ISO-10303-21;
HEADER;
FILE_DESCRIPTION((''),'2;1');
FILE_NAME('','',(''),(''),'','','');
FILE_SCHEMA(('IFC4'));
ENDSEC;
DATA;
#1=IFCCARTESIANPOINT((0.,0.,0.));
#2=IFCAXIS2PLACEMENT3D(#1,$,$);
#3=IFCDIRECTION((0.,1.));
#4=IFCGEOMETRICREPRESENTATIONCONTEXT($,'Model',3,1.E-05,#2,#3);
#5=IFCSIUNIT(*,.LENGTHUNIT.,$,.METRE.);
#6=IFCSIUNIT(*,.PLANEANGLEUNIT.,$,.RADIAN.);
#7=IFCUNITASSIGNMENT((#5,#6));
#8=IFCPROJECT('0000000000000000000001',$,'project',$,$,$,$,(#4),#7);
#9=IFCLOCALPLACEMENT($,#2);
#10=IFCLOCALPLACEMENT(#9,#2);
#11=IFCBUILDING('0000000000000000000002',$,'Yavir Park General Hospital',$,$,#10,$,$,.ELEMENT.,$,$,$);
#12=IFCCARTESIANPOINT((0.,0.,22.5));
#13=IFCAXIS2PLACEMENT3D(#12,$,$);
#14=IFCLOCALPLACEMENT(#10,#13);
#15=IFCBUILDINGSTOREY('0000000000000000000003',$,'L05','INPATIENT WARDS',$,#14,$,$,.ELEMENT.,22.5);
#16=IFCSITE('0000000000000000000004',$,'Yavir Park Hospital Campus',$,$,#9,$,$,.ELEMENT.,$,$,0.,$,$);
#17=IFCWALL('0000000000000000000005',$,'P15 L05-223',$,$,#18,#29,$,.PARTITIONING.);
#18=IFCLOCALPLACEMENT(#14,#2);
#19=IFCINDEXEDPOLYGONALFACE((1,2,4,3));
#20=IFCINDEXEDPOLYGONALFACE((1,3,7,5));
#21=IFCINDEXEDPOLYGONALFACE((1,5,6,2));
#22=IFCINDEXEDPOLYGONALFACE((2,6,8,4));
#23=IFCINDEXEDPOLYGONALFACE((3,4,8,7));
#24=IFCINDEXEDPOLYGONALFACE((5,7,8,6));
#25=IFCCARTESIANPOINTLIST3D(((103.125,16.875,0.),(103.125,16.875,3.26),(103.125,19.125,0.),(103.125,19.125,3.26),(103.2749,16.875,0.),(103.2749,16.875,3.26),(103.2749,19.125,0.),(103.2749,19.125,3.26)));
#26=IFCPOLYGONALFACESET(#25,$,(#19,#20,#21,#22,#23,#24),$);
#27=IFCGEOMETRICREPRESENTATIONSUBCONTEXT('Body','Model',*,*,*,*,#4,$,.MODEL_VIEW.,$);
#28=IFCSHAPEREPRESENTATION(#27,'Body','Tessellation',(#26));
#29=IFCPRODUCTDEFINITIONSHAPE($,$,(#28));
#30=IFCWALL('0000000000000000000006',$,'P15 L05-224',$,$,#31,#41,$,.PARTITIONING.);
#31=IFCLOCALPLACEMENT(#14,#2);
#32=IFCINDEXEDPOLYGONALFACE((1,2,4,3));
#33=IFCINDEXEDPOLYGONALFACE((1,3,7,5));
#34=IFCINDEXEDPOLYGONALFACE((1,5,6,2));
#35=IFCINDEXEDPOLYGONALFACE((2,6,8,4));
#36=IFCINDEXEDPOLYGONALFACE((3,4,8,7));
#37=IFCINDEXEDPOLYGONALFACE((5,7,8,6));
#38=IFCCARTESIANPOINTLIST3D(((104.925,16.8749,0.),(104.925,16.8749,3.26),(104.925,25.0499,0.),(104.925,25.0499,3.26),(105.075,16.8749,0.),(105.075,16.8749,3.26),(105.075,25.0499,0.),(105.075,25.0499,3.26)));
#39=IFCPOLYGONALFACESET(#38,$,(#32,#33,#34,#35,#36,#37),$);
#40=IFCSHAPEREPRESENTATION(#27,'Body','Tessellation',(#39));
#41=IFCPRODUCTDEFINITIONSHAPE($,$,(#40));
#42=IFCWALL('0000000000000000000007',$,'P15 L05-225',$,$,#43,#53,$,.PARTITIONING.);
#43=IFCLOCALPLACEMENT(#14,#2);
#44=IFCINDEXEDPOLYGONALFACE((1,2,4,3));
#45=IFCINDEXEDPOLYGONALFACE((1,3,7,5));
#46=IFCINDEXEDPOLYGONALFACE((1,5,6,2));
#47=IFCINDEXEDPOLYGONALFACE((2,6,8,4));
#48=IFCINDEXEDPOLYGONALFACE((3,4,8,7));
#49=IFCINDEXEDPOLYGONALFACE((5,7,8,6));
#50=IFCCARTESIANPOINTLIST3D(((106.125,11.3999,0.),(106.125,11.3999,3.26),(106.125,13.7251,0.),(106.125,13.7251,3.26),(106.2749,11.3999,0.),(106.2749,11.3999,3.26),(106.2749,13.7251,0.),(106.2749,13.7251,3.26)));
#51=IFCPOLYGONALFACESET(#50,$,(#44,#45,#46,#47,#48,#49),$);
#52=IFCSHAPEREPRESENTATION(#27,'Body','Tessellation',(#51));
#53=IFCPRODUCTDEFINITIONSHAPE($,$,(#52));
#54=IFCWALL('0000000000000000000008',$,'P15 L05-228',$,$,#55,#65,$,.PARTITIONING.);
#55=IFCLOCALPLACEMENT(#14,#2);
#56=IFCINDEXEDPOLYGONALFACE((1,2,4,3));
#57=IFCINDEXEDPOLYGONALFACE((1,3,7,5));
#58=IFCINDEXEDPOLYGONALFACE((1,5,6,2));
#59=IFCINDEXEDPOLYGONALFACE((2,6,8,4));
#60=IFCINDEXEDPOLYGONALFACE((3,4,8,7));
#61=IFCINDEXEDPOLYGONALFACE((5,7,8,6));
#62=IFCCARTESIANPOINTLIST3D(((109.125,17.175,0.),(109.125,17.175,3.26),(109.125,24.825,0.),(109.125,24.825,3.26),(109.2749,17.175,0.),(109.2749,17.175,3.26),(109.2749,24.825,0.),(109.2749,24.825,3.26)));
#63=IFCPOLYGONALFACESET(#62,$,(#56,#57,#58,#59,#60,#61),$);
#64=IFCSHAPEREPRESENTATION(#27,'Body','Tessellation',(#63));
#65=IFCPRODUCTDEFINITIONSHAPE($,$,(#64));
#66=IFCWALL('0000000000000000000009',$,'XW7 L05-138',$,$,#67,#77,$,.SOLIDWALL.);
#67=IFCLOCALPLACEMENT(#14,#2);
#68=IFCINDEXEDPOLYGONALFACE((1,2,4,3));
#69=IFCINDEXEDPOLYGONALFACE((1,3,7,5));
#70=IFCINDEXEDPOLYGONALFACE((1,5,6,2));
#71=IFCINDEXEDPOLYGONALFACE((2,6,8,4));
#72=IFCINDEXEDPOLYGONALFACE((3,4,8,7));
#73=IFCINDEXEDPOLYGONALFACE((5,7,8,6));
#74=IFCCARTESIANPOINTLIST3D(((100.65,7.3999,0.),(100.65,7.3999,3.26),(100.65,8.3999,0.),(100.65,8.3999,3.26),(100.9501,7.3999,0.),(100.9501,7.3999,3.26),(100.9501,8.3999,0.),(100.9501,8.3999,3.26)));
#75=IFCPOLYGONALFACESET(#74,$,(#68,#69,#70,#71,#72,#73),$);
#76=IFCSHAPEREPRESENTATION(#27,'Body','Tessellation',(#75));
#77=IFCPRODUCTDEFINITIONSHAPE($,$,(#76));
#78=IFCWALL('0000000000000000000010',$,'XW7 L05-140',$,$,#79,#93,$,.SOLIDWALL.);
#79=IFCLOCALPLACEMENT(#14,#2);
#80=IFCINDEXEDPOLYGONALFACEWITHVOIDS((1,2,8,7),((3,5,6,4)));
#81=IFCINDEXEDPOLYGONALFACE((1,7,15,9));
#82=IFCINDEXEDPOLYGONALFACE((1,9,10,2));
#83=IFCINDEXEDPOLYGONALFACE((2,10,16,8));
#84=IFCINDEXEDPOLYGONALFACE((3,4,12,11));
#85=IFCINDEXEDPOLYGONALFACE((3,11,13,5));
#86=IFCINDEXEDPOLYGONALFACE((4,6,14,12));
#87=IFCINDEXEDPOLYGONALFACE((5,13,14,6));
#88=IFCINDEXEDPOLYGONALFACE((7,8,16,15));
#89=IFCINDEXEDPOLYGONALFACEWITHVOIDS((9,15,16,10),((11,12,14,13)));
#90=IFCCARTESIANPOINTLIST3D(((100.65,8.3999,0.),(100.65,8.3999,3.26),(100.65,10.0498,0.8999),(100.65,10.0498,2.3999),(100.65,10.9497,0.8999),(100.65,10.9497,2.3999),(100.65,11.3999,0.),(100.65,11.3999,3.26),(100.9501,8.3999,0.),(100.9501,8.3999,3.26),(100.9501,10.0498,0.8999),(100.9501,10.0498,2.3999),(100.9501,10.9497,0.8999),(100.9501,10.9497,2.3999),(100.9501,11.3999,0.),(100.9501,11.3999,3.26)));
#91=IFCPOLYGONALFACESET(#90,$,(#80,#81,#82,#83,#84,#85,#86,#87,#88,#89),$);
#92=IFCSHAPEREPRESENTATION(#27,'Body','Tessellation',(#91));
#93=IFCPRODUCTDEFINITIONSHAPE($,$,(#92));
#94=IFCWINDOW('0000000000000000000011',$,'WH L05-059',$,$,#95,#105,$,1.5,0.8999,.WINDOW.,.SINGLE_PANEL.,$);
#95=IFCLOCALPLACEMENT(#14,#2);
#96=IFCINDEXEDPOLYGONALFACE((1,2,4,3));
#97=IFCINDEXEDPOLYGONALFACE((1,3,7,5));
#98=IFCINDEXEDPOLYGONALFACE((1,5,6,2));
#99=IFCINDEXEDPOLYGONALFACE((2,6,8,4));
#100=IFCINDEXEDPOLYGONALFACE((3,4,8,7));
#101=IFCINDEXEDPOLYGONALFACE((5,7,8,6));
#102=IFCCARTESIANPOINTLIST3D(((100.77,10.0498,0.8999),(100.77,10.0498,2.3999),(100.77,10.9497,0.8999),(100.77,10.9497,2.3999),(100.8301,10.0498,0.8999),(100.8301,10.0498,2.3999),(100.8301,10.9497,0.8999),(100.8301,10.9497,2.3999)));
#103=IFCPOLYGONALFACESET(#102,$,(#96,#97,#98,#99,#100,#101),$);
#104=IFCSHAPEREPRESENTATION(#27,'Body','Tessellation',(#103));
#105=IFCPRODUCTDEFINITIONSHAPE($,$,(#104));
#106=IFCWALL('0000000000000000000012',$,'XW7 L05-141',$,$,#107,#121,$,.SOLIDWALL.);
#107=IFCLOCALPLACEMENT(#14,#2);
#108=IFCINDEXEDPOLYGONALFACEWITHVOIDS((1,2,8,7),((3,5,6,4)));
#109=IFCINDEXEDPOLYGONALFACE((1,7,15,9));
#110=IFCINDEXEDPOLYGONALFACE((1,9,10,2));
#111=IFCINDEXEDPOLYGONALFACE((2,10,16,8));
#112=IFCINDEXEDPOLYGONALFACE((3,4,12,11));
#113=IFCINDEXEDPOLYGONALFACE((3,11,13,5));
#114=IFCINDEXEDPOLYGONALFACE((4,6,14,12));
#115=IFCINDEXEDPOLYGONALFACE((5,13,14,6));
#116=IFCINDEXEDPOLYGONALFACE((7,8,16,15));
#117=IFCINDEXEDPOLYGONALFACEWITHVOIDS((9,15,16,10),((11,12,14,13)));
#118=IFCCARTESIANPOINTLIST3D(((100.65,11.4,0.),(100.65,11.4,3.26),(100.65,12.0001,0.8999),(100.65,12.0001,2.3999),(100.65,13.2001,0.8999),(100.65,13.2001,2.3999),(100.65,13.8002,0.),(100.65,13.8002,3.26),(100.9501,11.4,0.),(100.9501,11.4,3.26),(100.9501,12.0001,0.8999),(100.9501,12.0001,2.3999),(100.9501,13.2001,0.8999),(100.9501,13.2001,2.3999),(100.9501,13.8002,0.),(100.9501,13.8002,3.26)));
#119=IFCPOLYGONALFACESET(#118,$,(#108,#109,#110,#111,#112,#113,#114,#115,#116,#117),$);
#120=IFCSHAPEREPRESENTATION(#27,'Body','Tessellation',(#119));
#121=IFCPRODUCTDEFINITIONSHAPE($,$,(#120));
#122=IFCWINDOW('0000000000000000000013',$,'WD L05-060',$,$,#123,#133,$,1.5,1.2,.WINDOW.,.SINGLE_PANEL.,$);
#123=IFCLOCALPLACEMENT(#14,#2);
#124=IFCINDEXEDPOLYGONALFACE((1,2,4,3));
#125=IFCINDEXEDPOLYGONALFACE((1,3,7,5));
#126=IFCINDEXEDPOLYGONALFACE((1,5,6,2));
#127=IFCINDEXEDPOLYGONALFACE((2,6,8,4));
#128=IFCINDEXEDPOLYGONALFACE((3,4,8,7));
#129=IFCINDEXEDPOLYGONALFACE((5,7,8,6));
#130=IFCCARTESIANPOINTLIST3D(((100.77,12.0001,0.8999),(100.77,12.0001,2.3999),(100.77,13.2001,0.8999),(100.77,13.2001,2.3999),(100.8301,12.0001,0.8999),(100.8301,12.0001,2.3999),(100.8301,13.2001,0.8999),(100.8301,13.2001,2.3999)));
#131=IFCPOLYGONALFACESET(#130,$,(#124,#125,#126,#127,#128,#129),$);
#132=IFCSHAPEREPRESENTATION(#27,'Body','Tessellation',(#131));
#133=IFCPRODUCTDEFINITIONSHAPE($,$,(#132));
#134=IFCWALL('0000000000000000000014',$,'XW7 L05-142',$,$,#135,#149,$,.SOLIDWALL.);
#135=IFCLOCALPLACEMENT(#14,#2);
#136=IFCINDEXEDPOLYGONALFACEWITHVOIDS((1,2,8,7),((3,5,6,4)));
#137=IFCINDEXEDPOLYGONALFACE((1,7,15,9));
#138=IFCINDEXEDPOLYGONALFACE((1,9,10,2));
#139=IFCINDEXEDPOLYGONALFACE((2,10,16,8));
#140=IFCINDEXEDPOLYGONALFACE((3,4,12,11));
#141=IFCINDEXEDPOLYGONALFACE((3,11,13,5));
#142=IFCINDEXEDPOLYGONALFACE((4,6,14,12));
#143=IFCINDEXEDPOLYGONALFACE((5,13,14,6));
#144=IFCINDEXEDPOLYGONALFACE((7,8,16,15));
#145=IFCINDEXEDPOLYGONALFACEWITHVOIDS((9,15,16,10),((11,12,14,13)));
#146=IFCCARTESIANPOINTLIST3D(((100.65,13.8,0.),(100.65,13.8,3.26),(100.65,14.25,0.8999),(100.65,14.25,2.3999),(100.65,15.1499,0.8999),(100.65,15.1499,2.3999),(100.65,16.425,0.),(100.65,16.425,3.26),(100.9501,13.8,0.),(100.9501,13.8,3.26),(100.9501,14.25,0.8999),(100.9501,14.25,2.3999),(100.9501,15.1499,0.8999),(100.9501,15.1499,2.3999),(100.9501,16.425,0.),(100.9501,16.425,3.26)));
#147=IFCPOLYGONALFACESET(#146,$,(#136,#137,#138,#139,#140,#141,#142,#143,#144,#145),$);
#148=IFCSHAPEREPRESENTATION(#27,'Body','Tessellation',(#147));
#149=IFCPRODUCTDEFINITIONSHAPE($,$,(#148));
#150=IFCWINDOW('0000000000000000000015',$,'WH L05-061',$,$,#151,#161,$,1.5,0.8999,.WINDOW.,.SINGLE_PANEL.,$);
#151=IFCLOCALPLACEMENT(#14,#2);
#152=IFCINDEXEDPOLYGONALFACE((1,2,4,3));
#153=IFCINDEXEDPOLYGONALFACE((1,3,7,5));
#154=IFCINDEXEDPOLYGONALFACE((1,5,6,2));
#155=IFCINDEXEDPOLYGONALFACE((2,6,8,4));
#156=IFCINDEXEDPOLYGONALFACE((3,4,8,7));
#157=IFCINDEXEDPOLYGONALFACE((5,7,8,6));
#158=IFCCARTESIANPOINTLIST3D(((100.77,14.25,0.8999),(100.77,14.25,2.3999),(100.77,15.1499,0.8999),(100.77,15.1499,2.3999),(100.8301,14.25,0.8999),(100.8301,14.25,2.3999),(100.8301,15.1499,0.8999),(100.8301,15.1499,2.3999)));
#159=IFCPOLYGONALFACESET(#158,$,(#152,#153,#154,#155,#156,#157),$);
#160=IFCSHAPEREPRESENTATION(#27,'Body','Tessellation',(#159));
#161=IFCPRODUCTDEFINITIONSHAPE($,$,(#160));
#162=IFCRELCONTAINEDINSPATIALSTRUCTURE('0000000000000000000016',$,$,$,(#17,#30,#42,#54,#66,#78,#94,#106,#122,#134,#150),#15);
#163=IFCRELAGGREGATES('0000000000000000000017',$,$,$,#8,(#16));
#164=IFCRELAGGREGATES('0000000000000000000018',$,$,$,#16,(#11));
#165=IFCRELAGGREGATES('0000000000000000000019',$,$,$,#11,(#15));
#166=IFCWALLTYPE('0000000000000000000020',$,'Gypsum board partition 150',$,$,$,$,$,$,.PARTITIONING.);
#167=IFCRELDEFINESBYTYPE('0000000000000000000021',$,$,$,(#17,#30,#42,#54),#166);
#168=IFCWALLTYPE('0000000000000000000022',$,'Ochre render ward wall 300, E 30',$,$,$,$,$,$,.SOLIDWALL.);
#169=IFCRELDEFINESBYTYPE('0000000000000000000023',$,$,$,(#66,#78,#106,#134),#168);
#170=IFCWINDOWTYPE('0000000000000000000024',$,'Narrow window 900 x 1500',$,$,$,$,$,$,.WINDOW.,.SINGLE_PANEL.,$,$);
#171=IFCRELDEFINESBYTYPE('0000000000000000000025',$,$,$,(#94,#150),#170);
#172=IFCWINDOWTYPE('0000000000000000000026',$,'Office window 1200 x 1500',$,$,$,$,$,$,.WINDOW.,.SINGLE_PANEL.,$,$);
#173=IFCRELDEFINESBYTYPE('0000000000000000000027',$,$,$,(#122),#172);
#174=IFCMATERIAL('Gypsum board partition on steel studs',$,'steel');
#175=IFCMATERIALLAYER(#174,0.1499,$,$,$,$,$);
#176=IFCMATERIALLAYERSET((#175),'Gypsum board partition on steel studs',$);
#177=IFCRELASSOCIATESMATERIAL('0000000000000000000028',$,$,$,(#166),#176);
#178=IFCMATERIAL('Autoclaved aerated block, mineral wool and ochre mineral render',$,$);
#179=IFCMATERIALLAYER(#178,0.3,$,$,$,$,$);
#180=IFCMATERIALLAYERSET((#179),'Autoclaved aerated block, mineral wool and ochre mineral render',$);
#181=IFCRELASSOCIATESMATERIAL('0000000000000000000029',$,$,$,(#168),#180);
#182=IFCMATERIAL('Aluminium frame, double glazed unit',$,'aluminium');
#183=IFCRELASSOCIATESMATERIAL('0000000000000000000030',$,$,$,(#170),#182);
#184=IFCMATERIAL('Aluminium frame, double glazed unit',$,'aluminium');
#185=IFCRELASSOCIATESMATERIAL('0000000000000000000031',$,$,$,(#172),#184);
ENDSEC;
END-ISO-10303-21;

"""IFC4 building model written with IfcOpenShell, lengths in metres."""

from ifc_helpers import new_model, si_unit, direction, frame, frame_2d, origin, place, context, subcontext, project, spatial, rectangle, extrude, material, layer, layer_set, type_object, element, fill, save


model = new_model("IFC4")

# Units and contexts
model_context = context("Model", 3, precision=1e-05, world=origin(), true_north=direction((0.0, 1.0)))
body_context = subcontext(model_context, "Body", "Model", "MODEL_VIEW")
ifc_project = project(units=[si_unit("LENGTHUNIT", "METRE"), si_unit("PLANEANGLEUNIT", "RADIAN")], contexts=[model_context])

# Site, building, storey
site_placement = place(None, origin())
site = spatial("IfcSite", under=ifc_project, at=site_placement, Name="Yavir Park Hospital Campus", CompositionType="ELEMENT", RefElevation=0.0)
building_placement = place(site_placement, origin())
building = spatial("IfcBuilding", under=site, at=building_placement, Name="Yavir Park General Hospital", CompositionType="ELEMENT")
storey_placement = place(building_placement, frame((0.0, 0.0, 22.5)))
storey = spatial("IfcBuildingStorey", under=building, at=storey_placement, Name="L05", Description="INPATIENT WARDS", CompositionType="ELEMENT", Elevation=22.5)

# Shared definitions
ifc_material_1 = material(Name="Gypsum board partition on steel studs", Category="steel")
ifc_layer_1 = layer(ifc_material_1, 0.1499)
ifc_layer_set_1 = layer_set([ifc_layer_1], Name="Gypsum board partition on steel studs")
wall_type_1 = type_object("IfcWallType", Name="Gypsum board partition 150", PredefinedType="PARTITIONING", material=ifc_layer_set_1)

# Walls
wall_1_placement = place(storey_placement, frame((103.2, 16.875, 0.0), z_axis=(0.0, 0.0, 1.0), x_axis=(0.0, 1.0, 0.0)))
element("IfcWall", 1, at=wall_1_placement, inside=storey, type_object=wall_type_1, Name="P15 L05-223", PredefinedType="PARTITIONING", context=body_context, shape_type="SweptSolid", body=[
    extrude(rectangle(XDim=2.25, YDim=0.1499, at=frame_2d((1.125, 0.0))), origin(), (0.0, 0.0, 1.0), 3.26),
])
wall_2_placement = place(storey_placement, frame((105.0, 16.875, 0.0), z_axis=(0.0, 0.0, 1.0), x_axis=(0.0, 1.0, 0.0)))
element("IfcWall", 2, at=wall_2_placement, inside=storey, type_object=wall_type_1, Name="P15 L05-224", PredefinedType="PARTITIONING", context=body_context, shape_type="SweptSolid", body=[
    extrude(rectangle(XDim=8.175, YDim=0.1499, at=frame_2d((4.0874, 0.0))), origin(), (0.0, 0.0, 1.0), 3.26),
])
wall_3_placement = place(storey_placement, frame((106.2, 11.3999, 0.0), z_axis=(0.0, 0.0, 1.0), x_axis=(0.0, 1.0, 0.0)))
element("IfcWall", 3, at=wall_3_placement, inside=storey, type_object=wall_type_1, Name="P15 L05-225", PredefinedType="PARTITIONING", context=body_context, shape_type="SweptSolid", body=[
    extrude(rectangle(XDim=2.3252, YDim=0.1499, at=frame_2d((1.1626, 0.0))), origin(), (0.0, 0.0, 1.0), 3.26),
])
wall_4_placement = place(storey_placement, frame((109.2, 17.175, 0.0), z_axis=(0.0, 0.0, 1.0), x_axis=(0.0, 1.0, 0.0)))
element("IfcWall", 4, at=wall_4_placement, inside=storey, type_object=wall_type_1, Name="P15 L05-228", PredefinedType="PARTITIONING", context=body_context, shape_type="SweptSolid", body=[
    extrude(rectangle(XDim=7.6499, YDim=0.1499, at=frame_2d((3.825, 0.0))), origin(), (0.0, 0.0, 1.0), 3.26),
])
ifc_material_2 = material(Name="Autoclaved aerated block, mineral wool and ochre mineral render")
ifc_layer_2 = layer(ifc_material_2, 0.3)
ifc_layer_set_2 = layer_set([ifc_layer_2], Name="Autoclaved aerated block, mineral wool and ochre mineral render")
wall_type_2 = type_object("IfcWallType", Name="Ochre render ward wall 300, E 30", PredefinedType="SOLIDWALL", material=ifc_layer_set_2)
wall_5_placement = place(storey_placement, frame((100.8, 7.3999, 0.0), z_axis=(0.0, 0.0, 1.0), x_axis=(0.0, 1.0, 0.0)))
element("IfcWall", 5, at=wall_5_placement, inside=storey, type_object=wall_type_2, Name="XW7 L05-138", PredefinedType="SOLIDWALL", context=body_context, shape_type="SweptSolid", body=[
    extrude(rectangle(XDim=1.0, YDim=0.3, at=frame_2d((0.5, 0.0))), origin(), (0.0, 0.0, 1.0), 3.26),
])

# Walls, openings, windows
wall_6_placement = place(storey_placement, frame((100.8, 8.3999, 0.0), z_axis=(0.0, 0.0, 1.0), x_axis=(0.0, 1.0, 0.0)))
wall_6 = element("IfcWall", 6, at=wall_6_placement, inside=storey, type_object=wall_type_2, Name="XW7 L05-140", PredefinedType="SOLIDWALL", context=body_context, shape_type="SweptSolid", body=[
    extrude(rectangle(XDim=3.0, YDim=0.3, at=frame_2d((1.5, 0.0))), origin(), (0.0, 0.0, 1.0), 3.26),
])
opening_1_placement = place(wall_6_placement, frame((1.6499, 0.0, 0.8999)))
opening_1 = element("IfcOpeningElement", 7, at=opening_1_placement, cuts=wall_6, PredefinedType="OPENING", context=body_context, shape_type="SweptSolid", body=[
    extrude(rectangle(XDim=0.8999, YDim=1.5, at=frame_2d((0.45, 0.75))), frame((0.0, 0.1599, 0.0), z_axis=(0.0, -1.0, 0.0), x_axis=(1.0, 0.0, 0.0)), (0.0, 0.0, 1.0), 0.3201),
])
ifc_material_3 = material(Name="Aluminium frame, double glazed unit", Category="aluminium")
window_type_1 = type_object("IfcWindowType", Name="Narrow window 900 x 1500", PartitioningType="SINGLE_PANEL", PredefinedType="WINDOW", material=ifc_material_3)
window_1_placement = place(opening_1_placement, origin())
window_1 = element("IfcWindow", 8, at=window_1_placement, inside=storey, type_object=window_type_1, Name="WH L05-059", OverallHeight=1.5, OverallWidth=0.8999, PartitioningType="SINGLE_PANEL", PredefinedType="WINDOW", context=body_context, shape_type="SweptSolid", body=[
    extrude(rectangle(XDim=0.8999, YDim=1.5, at=frame_2d((0.45, 0.75))), frame((0.0, 0.03, 0.0), z_axis=(0.0, -1.0, 0.0), x_axis=(1.0, 0.0, 0.0)), (0.0, 0.0, 1.0), 0.0601),
])
fill(opening_1, window_1)
wall_7_placement = place(storey_placement, frame((100.8, 11.3999, 0.0), z_axis=(0.0, 0.0, 1.0), x_axis=(0.0, 1.0, 0.0)))
wall_7 = element("IfcWall", 9, at=wall_7_placement, inside=storey, type_object=wall_type_2, Name="XW7 L05-141", PredefinedType="SOLIDWALL", context=body_context, shape_type="SweptSolid", body=[
    extrude(rectangle(XDim=2.4001, YDim=0.3, at=frame_2d((1.2002, 0.0))), origin(), (0.0, 0.0, 1.0), 3.26),
])
opening_2_placement = place(wall_7_placement, frame((0.6001, 0.0, 0.8999)))
opening_2 = element("IfcOpeningElement", 10, at=opening_2_placement, cuts=wall_7, PredefinedType="OPENING", context=body_context, shape_type="SweptSolid", body=[
    extrude(rectangle(XDim=1.2, YDim=1.5, at=frame_2d((0.6001, 0.75))), frame((0.0, 0.1599, 0.0), z_axis=(0.0, -1.0, 0.0), x_axis=(1.0, 0.0, 0.0)), (0.0, 0.0, 1.0), 0.3201),
])
ifc_material_4 = material(Name="Aluminium frame, double glazed unit", Category="aluminium")
window_type_2 = type_object("IfcWindowType", Name="Office window 1200 x 1500", PartitioningType="SINGLE_PANEL", PredefinedType="WINDOW", material=ifc_material_4)
window_2_placement = place(opening_2_placement, origin())
window_2 = element("IfcWindow", 11, at=window_2_placement, inside=storey, type_object=window_type_2, Name="WD L05-060", OverallHeight=1.5, OverallWidth=1.2, PartitioningType="SINGLE_PANEL", PredefinedType="WINDOW", context=body_context, shape_type="SweptSolid", body=[
    extrude(rectangle(XDim=1.2, YDim=1.5, at=frame_2d((0.6001, 0.75))), frame((0.0, 0.03, 0.0), z_axis=(0.0, -1.0, 0.0), x_axis=(1.0, 0.0, 0.0)), (0.0, 0.0, 1.0), 0.0601),
])
fill(opening_2, window_2)
wall_8_placement = place(storey_placement, frame((100.8, 13.8, 0.0), z_axis=(0.0, 0.0, 1.0), x_axis=(0.0, 1.0, 0.0)))
wall_8 = element("IfcWall", 12, at=wall_8_placement, inside=storey, type_object=wall_type_2, Name="XW7 L05-142", PredefinedType="SOLIDWALL", context=body_context, shape_type="SweptSolid", body=[
    extrude(rectangle(XDim=2.625, YDim=0.3, at=frame_2d((1.3125, 0.0))), origin(), (0.0, 0.0, 1.0), 3.26),
])
opening_3_placement = place(wall_8_placement, frame((0.45, 0.0, 0.8999)))
opening_3 = element("IfcOpeningElement", 13, at=opening_3_placement, cuts=wall_8, PredefinedType="OPENING", context=body_context, shape_type="SweptSolid", body=[
    extrude(rectangle(XDim=0.8999, YDim=1.5, at=frame_2d((0.45, 0.75))), frame((0.0, 0.1599, 0.0), z_axis=(0.0, -1.0, 0.0), x_axis=(1.0, 0.0, 0.0)), (0.0, 0.0, 1.0), 0.3201),
])
window_3_placement = place(opening_3_placement, origin())
window_3 = element("IfcWindow", 14, at=window_3_placement, inside=storey, type_object=window_type_1, Name="WH L05-061", OverallHeight=1.5, OverallWidth=0.8999, PartitioningType="SINGLE_PANEL", PredefinedType="WINDOW", context=body_context, shape_type="SweptSolid", body=[
    extrude(rectangle(XDim=0.8999, YDim=1.5, at=frame_2d((0.45, 0.75))), frame((0.0, 0.03, 0.0), z_axis=(0.0, -1.0, 0.0), x_axis=(1.0, 0.0, 0.0)), (0.0, 0.0, 1.0), 0.0601),
])
fill(opening_3, window_3)

save(model, "model.ifc")
